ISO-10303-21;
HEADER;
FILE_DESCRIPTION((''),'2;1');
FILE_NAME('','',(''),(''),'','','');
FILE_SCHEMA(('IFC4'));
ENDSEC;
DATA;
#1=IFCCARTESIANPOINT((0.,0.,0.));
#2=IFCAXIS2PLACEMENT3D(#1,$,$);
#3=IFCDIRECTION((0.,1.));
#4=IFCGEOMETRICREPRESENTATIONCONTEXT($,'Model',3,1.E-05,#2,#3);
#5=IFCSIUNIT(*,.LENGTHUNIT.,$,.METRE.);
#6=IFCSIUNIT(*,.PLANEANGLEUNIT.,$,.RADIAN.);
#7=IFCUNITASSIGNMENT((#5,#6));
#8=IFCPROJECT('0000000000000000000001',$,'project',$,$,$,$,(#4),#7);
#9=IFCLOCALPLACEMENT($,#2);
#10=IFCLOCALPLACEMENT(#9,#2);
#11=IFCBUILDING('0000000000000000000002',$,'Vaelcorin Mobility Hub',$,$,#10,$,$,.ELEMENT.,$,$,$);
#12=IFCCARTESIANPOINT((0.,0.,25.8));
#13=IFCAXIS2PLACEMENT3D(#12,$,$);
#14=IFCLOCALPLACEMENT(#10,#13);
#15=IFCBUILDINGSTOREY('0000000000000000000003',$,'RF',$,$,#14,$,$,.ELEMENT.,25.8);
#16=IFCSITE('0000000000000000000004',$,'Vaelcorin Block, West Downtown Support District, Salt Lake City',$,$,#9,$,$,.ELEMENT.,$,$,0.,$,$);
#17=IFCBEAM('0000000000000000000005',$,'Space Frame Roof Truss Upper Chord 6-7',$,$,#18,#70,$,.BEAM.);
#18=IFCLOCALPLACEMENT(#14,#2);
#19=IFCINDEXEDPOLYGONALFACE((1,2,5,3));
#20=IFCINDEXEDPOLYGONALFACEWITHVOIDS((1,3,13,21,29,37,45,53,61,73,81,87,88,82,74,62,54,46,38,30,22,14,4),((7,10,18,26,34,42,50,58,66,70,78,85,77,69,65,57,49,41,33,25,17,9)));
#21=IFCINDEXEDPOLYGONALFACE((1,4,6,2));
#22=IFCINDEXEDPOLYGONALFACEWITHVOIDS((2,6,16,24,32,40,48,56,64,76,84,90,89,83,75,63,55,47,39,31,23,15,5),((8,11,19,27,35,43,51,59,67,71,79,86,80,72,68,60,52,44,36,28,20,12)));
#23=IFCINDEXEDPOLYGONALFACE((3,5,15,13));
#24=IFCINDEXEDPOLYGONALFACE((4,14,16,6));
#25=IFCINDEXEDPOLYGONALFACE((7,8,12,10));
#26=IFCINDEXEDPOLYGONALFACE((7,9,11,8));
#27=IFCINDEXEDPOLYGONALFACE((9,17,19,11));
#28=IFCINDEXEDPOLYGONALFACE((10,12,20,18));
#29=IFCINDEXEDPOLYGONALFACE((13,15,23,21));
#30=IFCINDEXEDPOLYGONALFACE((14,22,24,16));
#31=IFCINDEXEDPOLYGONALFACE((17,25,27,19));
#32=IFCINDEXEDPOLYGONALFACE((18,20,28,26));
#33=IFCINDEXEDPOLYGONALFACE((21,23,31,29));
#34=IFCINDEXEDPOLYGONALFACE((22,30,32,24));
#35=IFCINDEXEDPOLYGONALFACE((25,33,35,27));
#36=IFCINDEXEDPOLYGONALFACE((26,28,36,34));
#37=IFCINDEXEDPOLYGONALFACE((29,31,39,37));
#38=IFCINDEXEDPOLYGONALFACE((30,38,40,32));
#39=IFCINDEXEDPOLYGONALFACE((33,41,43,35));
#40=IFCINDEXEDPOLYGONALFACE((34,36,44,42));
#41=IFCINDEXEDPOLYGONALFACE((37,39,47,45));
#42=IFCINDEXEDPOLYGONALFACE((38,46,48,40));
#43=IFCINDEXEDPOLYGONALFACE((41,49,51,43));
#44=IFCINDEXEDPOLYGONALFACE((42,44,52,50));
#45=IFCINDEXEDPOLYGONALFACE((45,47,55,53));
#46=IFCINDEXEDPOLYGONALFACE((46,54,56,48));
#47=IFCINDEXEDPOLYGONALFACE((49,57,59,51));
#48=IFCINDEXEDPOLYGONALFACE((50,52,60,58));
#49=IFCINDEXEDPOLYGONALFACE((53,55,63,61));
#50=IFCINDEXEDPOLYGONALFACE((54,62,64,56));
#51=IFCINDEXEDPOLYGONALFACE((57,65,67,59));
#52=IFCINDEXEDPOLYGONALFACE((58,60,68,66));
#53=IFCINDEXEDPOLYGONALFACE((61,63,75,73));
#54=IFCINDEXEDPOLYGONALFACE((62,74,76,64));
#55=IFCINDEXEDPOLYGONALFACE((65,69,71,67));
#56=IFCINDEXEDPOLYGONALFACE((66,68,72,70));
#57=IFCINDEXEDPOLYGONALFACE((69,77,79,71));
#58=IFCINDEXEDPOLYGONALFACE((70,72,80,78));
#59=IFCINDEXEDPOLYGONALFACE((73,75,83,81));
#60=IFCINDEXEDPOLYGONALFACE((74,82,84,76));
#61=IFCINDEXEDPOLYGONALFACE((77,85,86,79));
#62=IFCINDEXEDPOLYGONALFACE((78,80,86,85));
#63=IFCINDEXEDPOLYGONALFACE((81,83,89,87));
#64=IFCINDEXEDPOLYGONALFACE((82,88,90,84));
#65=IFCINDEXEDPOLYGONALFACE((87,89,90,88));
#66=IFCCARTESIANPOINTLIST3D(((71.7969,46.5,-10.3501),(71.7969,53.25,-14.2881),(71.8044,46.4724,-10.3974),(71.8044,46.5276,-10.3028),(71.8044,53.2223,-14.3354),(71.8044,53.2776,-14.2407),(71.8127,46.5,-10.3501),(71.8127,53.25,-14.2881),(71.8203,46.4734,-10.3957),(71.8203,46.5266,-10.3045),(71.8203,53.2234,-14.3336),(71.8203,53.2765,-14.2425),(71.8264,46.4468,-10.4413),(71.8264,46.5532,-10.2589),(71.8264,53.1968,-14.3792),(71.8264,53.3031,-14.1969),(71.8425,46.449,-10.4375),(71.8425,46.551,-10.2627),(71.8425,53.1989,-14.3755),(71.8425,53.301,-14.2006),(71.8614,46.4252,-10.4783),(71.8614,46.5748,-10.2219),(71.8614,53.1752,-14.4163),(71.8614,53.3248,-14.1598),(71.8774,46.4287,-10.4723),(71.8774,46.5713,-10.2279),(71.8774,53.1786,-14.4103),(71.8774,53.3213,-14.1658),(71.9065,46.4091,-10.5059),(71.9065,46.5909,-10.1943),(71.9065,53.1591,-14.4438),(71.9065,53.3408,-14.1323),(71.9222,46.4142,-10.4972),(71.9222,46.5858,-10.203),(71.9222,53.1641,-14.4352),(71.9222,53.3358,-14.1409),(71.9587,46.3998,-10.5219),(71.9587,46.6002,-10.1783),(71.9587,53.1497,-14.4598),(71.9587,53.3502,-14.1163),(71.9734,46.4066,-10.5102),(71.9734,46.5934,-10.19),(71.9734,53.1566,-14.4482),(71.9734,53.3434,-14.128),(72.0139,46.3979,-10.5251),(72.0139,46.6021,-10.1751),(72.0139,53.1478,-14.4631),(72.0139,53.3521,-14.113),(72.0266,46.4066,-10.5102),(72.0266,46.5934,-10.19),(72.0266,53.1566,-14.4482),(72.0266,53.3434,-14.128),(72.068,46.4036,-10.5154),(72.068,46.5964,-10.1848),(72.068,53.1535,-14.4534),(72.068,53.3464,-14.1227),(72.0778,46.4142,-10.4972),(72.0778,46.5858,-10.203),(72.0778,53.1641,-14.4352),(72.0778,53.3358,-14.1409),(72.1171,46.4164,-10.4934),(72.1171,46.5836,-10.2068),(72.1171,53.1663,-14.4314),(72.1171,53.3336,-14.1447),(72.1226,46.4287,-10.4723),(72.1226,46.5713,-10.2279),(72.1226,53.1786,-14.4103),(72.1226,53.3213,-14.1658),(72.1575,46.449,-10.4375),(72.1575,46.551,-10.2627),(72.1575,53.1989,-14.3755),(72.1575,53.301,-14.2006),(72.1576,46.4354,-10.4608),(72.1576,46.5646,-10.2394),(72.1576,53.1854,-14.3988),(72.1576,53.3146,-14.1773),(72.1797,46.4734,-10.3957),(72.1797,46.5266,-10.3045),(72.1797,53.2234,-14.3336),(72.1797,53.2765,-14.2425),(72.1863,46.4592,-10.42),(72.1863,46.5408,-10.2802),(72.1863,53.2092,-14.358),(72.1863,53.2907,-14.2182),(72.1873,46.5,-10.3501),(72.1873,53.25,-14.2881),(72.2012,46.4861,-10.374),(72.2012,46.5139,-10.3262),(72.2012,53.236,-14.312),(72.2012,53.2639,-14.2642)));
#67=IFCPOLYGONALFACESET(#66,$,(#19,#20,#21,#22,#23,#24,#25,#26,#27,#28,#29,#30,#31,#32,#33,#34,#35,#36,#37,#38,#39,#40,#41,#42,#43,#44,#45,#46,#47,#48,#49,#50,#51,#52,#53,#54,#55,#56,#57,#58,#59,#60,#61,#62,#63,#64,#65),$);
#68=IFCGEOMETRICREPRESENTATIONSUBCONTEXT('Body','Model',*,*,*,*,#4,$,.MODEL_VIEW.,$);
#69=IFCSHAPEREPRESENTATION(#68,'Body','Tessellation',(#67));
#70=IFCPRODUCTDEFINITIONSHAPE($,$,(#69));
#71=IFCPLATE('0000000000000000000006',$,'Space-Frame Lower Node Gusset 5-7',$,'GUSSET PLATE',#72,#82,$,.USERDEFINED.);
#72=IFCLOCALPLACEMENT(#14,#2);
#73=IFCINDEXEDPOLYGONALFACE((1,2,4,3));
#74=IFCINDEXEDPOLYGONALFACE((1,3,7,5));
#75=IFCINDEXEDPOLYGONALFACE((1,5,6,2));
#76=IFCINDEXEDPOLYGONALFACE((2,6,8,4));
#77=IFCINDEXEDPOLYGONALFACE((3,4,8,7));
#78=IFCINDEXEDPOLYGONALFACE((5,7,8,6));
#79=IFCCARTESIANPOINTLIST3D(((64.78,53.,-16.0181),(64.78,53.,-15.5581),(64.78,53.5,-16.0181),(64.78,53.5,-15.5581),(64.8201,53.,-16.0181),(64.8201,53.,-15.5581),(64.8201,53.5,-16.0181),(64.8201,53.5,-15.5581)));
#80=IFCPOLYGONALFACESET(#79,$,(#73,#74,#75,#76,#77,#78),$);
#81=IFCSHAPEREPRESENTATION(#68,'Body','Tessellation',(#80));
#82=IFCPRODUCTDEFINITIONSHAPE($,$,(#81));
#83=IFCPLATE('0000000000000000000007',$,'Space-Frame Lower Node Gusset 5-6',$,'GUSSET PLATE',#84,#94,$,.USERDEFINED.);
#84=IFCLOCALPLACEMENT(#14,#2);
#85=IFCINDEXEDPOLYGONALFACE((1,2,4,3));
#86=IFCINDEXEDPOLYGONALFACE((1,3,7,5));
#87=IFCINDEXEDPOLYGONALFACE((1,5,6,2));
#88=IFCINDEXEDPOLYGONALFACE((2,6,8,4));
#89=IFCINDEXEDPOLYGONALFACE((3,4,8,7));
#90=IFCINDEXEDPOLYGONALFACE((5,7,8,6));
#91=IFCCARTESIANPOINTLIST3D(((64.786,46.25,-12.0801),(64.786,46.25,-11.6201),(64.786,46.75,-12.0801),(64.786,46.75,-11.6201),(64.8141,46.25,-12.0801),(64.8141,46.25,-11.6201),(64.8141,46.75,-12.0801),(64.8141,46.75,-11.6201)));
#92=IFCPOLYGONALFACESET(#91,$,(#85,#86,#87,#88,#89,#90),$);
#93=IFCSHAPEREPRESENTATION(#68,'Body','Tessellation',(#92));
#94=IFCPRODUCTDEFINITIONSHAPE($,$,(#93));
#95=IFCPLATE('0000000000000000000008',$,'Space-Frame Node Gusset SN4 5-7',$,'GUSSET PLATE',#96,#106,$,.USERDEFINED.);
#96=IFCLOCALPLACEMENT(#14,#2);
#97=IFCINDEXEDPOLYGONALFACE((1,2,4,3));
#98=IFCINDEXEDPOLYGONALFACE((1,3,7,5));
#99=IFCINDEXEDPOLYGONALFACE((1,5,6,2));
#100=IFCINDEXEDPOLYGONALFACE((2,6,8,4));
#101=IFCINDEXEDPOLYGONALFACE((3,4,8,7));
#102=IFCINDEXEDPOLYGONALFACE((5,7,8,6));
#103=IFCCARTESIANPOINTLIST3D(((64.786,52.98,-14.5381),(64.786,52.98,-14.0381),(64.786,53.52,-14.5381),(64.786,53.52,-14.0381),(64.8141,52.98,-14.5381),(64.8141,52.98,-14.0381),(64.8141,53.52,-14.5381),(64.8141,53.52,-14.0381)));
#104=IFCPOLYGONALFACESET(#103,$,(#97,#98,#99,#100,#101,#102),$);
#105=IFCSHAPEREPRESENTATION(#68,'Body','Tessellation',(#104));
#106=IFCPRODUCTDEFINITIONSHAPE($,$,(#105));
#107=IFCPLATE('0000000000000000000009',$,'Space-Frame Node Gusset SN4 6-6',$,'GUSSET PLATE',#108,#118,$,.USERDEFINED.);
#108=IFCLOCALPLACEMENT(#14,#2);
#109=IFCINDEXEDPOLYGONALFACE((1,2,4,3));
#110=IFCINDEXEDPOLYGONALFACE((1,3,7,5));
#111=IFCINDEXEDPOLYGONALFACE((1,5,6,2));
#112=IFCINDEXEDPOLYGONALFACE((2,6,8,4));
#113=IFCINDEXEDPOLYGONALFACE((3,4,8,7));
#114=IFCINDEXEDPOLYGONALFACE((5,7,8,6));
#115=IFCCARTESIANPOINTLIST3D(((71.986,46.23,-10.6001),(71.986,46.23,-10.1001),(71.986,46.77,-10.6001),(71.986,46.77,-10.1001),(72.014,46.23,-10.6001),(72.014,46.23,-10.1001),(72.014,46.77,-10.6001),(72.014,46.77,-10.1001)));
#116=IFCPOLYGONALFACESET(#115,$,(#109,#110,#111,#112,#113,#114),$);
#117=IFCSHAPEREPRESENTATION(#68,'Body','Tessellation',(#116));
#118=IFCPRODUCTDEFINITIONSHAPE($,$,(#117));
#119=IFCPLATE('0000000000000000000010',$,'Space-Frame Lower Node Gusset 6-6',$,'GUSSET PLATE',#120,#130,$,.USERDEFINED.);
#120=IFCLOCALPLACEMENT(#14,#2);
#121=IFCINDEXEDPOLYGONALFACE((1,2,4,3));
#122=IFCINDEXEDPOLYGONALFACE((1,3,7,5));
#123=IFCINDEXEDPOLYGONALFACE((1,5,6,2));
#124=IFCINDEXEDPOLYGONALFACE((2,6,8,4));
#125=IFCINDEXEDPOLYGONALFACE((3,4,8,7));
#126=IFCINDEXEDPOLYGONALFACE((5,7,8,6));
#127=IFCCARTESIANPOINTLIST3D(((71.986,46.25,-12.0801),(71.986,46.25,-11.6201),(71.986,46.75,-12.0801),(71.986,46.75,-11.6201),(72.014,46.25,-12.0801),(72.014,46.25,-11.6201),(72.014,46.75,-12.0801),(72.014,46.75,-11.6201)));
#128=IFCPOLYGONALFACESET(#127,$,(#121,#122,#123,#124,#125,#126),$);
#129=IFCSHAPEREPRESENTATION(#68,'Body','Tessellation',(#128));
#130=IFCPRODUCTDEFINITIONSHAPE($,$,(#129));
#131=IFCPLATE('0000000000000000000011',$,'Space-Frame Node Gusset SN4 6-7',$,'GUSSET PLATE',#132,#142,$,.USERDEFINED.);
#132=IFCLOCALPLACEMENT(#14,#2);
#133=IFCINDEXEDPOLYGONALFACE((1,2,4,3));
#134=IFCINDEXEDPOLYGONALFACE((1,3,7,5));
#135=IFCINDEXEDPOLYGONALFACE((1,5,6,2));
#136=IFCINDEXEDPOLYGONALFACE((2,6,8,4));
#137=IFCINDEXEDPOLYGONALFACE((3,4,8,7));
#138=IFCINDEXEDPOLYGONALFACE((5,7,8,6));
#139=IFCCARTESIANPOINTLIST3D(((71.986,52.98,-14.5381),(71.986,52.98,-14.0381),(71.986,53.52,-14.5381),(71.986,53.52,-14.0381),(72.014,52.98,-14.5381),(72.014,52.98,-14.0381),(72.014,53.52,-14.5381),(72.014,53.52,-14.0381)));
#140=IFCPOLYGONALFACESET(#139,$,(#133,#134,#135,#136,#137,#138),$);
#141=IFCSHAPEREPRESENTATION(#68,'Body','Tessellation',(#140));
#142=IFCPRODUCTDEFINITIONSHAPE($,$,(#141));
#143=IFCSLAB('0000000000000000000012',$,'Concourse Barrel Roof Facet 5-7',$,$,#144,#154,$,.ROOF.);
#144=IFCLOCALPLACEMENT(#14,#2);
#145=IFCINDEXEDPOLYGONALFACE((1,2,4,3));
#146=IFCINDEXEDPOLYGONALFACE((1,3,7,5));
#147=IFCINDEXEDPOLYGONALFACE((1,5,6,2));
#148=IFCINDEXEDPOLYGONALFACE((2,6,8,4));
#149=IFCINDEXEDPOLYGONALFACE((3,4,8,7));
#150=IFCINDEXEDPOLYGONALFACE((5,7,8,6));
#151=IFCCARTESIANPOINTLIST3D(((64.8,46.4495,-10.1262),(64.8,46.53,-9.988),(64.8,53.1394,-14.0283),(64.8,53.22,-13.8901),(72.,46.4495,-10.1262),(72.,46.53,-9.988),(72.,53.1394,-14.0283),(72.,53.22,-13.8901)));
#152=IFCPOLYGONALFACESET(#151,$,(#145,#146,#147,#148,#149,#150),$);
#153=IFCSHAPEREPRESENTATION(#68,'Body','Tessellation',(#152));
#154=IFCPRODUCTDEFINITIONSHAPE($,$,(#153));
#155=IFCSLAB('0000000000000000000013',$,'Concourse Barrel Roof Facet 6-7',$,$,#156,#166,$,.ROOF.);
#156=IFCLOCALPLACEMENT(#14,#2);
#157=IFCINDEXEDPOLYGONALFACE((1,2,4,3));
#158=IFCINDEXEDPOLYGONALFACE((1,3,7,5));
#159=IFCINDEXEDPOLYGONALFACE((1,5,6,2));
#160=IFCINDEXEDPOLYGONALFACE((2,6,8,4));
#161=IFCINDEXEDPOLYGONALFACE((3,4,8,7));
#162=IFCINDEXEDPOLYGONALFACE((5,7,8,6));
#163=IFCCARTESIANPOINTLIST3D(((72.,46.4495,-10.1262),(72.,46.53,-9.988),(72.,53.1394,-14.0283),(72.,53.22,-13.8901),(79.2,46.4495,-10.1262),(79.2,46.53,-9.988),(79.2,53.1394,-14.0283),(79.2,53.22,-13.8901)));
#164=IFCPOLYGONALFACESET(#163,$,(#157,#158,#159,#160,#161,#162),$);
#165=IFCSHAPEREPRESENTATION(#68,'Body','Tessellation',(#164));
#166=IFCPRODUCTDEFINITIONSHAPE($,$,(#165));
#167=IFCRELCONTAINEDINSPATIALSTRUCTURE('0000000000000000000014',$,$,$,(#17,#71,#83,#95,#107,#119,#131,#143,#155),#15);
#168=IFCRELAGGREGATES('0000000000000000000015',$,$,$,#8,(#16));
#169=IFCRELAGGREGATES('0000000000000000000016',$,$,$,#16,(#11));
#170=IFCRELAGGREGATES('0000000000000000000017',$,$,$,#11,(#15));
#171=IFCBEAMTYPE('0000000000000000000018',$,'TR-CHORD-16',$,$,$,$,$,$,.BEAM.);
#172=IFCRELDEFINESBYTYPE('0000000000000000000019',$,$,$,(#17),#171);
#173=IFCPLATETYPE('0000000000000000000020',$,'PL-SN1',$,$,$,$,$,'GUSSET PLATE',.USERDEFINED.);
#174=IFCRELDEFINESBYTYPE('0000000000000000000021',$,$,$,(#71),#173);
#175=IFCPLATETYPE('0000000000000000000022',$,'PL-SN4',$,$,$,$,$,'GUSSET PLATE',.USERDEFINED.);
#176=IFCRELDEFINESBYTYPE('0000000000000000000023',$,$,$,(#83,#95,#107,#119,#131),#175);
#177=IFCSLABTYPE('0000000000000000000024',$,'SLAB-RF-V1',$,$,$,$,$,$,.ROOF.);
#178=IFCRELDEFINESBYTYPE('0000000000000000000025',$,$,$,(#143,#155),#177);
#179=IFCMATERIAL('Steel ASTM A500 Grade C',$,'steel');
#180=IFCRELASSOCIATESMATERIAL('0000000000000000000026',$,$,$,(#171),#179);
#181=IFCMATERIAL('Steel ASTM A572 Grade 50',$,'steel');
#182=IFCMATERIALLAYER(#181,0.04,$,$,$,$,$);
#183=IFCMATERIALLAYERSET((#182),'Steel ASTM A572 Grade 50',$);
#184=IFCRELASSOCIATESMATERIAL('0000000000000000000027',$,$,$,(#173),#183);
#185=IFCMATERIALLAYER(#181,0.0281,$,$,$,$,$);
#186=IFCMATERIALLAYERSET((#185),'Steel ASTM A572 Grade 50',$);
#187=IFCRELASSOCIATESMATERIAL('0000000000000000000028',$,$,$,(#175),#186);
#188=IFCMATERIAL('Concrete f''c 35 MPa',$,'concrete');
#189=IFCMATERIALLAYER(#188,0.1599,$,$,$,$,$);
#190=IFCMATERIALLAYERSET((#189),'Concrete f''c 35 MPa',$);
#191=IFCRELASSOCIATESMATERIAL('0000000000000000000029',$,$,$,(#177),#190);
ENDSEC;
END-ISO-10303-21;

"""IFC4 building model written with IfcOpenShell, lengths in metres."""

from ifc_helpers import new_model, si_unit, direction, frame, origin, origin_2d, place, context, subcontext, project, spatial, polyline, rectangle, hollow_circle, outline, extrude, material, layer, layer_set, material_profile, profile_set, type_object, element, save


model = new_model("IFC4")

# Units and contexts
model_context = context("Model", 3, precision=1e-05, world=origin(), true_north=direction((0.0, 1.0)))
body_context = subcontext(model_context, "Body", "Model", "MODEL_VIEW")
ifc_project = project(units=[si_unit("LENGTHUNIT", "METRE"), si_unit("PLANEANGLEUNIT", "RADIAN")], contexts=[model_context])

# Site, building, storey
site_placement = place(None, origin())
site = spatial("IfcSite", under=ifc_project, at=site_placement, Name="Vaelcorin Block, West Downtown Support District, Salt Lake City", CompositionType="ELEMENT", RefElevation=0.0)
building_placement = place(site_placement, origin())
building = spatial("IfcBuilding", under=site, at=building_placement, Name="Vaelcorin Mobility Hub", CompositionType="ELEMENT")
storey_placement = place(building_placement, frame((0.0, 0.0, 25.8)))
storey = spatial("IfcBuildingStorey", under=building, at=storey_placement, Name="RF", CompositionType="ELEMENT", Elevation=25.8)

# Shared definitions
ifc_material_1 = material(Name="Steel ASTM A500 Grade C", Category="steel")

# Beam
ifc_material_profile_1 = material_profile(ifc_material_1, hollow_circle(Radius=0.2031, WallThickness=0.0159, at=origin_2d()), Name="HSS16.000X0.625")
ifc_profile_set_1 = profile_set([ifc_material_profile_1], Name="Steel ASTM A500 Grade C")
beam_type = type_object("IfcBeamType", Name="TR-CHORD-16", PredefinedType="BEAM", material=ifc_profile_set_1)
beam_1_placement = place(storey_placement, frame((72.0, 46.5, -10.3501), z_axis=(0.0, 0.863752, -0.503918), x_axis=(-1.0, 0.0, 0.0)))
element("IfcBeam", 1, at=beam_1_placement, inside=storey, type_object=beam_type, Name="Space Frame Roof Truss Upper Chord 6-7", PredefinedType="BEAM", context=body_context, shape_type="SweptSolid", body=[
    extrude(hollow_circle(Radius=0.2031, WallThickness=0.0159, at=origin_2d()), origin(), (0.0, 0.0, 1.0), 7.8147),
])

# Plates
ifc_material_2 = material(Name="Steel ASTM A572 Grade 50", Category="steel")
ifc_layer_1 = layer(ifc_material_2, 0.04)
ifc_layer_set_1 = layer_set([ifc_layer_1], Name="Steel ASTM A572 Grade 50")
plate_type_1 = type_object("IfcPlateType", Name="PL-SN1", ElementType="GUSSET PLATE", PredefinedType="USERDEFINED", material=ifc_layer_set_1)
plate_1_placement = place(storey_placement, frame((64.8, 53.25, -16.0181), z_axis=(0.0, 0.0, 1.0), x_axis=(1.0, 0.0, 0.0)))
element("IfcPlate", 2, at=plate_1_placement, inside=storey, type_object=plate_type_1, Name="Space-Frame Lower Node Gusset 5-7", ObjectType="GUSSET PLATE", PredefinedType="USERDEFINED", context=body_context, shape_type="SweptSolid", body=[
    extrude(rectangle(XDim=0.04, YDim=0.5, at=origin_2d()), origin(), (0.0, 0.0, 1.0), 0.46),
])
ifc_layer_2 = layer(ifc_material_2, 0.0281)
ifc_layer_set_2 = layer_set([ifc_layer_2], Name="Steel ASTM A572 Grade 50")
plate_type_2 = type_object("IfcPlateType", Name="PL-SN4", ElementType="GUSSET PLATE", PredefinedType="USERDEFINED", material=ifc_layer_set_2)
plate_2_placement = place(storey_placement, frame((64.8, 46.5, -12.0801), z_axis=(0.0, 0.0, 1.0), x_axis=(1.0, 0.0, 0.0)))
element("IfcPlate", 3, at=plate_2_placement, inside=storey, type_object=plate_type_2, Name="Space-Frame Lower Node Gusset 5-6", ObjectType="GUSSET PLATE", PredefinedType="USERDEFINED", context=body_context, shape_type="SweptSolid", body=[
    extrude(rectangle(XDim=0.0281, YDim=0.5, at=origin_2d()), origin(), (0.0, 0.0, 1.0), 0.46),
])
for number, where, z_axis, x_axis, name in (
    (4, (64.8, 53.25, -14.5381), (0.0, 0.0, 1.0), (1.0, 0.0, 0.0), "Space-Frame Node Gusset SN4 5-7"),
    (5, (72.0, 46.5, -10.6001), (0.0, 0.0, 1.0), (1.0, 0.0, 0.0), "Space-Frame Node Gusset SN4 6-6"),
):
    element("IfcPlate", number, at=place(storey_placement, frame(where, z_axis=z_axis, x_axis=x_axis)), inside=storey, type_object=plate_type_2, Name=name, ObjectType="GUSSET PLATE", PredefinedType="USERDEFINED", context=body_context, shape_type="SweptSolid", body=[
        extrude(rectangle(XDim=0.0281, YDim=0.54, at=origin_2d()), origin(), (0.0, 0.0, 1.0), 0.5),
    ])
plate_3_placement = place(storey_placement, frame((72.0, 46.5, -12.0801), z_axis=(0.0, 0.0, 1.0), x_axis=(1.0, 0.0, 0.0)))
element("IfcPlate", 6, at=plate_3_placement, inside=storey, type_object=plate_type_2, Name="Space-Frame Lower Node Gusset 6-6", ObjectType="GUSSET PLATE", PredefinedType="USERDEFINED", context=body_context, shape_type="SweptSolid", body=[
    extrude(rectangle(XDim=0.0281, YDim=0.5, at=origin_2d()), origin(), (0.0, 0.0, 1.0), 0.46),
])
plate_4_placement = place(storey_placement, frame((72.0, 53.25, -14.5381), z_axis=(0.0, 0.0, 1.0), x_axis=(1.0, 0.0, 0.0)))
element("IfcPlate", 7, at=plate_4_placement, inside=storey, type_object=plate_type_2, Name="Space-Frame Node Gusset SN4 6-7", ObjectType="GUSSET PLATE", PredefinedType="USERDEFINED", context=body_context, shape_type="SweptSolid", body=[
    extrude(rectangle(XDim=0.0281, YDim=0.54, at=origin_2d()), origin(), (0.0, 0.0, 1.0), 0.5),
])

# Slabs
ifc_material_3 = material(Name="Concrete f'c 35 MPa", Category="concrete")
ifc_layer_3 = layer(ifc_material_3, 0.1599)
ifc_layer_set_3 = layer_set([ifc_layer_3], Name="Concrete f'c 35 MPa")
slab_type = type_object("IfcSlabType", Name="SLAB-RF-V1", PredefinedType="ROOF", material=ifc_layer_set_3)
for number, where, z_axis, x_axis, name in (
    (8, (64.8, 46.53, -9.988), (0.0, 0.503836, 0.863799), (1.0, 0.0, 0.0), "Concourse Barrel Roof Facet 5-7"),
    (9, (72.0, 46.53, -9.988), (0.0, 0.503836, 0.863799), (1.0, 0.0, 0.0), "Concourse Barrel Roof Facet 6-7"),
):
    element("IfcSlab", number, at=place(storey_placement, frame(where, z_axis=z_axis, x_axis=x_axis)), inside=storey, type_object=slab_type, Name=name, PredefinedType="ROOF", context=body_context, shape_type="SweptSolid", body=[
        extrude(outline(polyline([(0.0, 0.0), (7.2, 0.0), (7.2, 7.7448), (0.0, 7.7448), (0.0, 0.0)])), origin(), (0.0, 0.0, -1.0), 0.1599),
    ])

save(model, "model.ifc")
